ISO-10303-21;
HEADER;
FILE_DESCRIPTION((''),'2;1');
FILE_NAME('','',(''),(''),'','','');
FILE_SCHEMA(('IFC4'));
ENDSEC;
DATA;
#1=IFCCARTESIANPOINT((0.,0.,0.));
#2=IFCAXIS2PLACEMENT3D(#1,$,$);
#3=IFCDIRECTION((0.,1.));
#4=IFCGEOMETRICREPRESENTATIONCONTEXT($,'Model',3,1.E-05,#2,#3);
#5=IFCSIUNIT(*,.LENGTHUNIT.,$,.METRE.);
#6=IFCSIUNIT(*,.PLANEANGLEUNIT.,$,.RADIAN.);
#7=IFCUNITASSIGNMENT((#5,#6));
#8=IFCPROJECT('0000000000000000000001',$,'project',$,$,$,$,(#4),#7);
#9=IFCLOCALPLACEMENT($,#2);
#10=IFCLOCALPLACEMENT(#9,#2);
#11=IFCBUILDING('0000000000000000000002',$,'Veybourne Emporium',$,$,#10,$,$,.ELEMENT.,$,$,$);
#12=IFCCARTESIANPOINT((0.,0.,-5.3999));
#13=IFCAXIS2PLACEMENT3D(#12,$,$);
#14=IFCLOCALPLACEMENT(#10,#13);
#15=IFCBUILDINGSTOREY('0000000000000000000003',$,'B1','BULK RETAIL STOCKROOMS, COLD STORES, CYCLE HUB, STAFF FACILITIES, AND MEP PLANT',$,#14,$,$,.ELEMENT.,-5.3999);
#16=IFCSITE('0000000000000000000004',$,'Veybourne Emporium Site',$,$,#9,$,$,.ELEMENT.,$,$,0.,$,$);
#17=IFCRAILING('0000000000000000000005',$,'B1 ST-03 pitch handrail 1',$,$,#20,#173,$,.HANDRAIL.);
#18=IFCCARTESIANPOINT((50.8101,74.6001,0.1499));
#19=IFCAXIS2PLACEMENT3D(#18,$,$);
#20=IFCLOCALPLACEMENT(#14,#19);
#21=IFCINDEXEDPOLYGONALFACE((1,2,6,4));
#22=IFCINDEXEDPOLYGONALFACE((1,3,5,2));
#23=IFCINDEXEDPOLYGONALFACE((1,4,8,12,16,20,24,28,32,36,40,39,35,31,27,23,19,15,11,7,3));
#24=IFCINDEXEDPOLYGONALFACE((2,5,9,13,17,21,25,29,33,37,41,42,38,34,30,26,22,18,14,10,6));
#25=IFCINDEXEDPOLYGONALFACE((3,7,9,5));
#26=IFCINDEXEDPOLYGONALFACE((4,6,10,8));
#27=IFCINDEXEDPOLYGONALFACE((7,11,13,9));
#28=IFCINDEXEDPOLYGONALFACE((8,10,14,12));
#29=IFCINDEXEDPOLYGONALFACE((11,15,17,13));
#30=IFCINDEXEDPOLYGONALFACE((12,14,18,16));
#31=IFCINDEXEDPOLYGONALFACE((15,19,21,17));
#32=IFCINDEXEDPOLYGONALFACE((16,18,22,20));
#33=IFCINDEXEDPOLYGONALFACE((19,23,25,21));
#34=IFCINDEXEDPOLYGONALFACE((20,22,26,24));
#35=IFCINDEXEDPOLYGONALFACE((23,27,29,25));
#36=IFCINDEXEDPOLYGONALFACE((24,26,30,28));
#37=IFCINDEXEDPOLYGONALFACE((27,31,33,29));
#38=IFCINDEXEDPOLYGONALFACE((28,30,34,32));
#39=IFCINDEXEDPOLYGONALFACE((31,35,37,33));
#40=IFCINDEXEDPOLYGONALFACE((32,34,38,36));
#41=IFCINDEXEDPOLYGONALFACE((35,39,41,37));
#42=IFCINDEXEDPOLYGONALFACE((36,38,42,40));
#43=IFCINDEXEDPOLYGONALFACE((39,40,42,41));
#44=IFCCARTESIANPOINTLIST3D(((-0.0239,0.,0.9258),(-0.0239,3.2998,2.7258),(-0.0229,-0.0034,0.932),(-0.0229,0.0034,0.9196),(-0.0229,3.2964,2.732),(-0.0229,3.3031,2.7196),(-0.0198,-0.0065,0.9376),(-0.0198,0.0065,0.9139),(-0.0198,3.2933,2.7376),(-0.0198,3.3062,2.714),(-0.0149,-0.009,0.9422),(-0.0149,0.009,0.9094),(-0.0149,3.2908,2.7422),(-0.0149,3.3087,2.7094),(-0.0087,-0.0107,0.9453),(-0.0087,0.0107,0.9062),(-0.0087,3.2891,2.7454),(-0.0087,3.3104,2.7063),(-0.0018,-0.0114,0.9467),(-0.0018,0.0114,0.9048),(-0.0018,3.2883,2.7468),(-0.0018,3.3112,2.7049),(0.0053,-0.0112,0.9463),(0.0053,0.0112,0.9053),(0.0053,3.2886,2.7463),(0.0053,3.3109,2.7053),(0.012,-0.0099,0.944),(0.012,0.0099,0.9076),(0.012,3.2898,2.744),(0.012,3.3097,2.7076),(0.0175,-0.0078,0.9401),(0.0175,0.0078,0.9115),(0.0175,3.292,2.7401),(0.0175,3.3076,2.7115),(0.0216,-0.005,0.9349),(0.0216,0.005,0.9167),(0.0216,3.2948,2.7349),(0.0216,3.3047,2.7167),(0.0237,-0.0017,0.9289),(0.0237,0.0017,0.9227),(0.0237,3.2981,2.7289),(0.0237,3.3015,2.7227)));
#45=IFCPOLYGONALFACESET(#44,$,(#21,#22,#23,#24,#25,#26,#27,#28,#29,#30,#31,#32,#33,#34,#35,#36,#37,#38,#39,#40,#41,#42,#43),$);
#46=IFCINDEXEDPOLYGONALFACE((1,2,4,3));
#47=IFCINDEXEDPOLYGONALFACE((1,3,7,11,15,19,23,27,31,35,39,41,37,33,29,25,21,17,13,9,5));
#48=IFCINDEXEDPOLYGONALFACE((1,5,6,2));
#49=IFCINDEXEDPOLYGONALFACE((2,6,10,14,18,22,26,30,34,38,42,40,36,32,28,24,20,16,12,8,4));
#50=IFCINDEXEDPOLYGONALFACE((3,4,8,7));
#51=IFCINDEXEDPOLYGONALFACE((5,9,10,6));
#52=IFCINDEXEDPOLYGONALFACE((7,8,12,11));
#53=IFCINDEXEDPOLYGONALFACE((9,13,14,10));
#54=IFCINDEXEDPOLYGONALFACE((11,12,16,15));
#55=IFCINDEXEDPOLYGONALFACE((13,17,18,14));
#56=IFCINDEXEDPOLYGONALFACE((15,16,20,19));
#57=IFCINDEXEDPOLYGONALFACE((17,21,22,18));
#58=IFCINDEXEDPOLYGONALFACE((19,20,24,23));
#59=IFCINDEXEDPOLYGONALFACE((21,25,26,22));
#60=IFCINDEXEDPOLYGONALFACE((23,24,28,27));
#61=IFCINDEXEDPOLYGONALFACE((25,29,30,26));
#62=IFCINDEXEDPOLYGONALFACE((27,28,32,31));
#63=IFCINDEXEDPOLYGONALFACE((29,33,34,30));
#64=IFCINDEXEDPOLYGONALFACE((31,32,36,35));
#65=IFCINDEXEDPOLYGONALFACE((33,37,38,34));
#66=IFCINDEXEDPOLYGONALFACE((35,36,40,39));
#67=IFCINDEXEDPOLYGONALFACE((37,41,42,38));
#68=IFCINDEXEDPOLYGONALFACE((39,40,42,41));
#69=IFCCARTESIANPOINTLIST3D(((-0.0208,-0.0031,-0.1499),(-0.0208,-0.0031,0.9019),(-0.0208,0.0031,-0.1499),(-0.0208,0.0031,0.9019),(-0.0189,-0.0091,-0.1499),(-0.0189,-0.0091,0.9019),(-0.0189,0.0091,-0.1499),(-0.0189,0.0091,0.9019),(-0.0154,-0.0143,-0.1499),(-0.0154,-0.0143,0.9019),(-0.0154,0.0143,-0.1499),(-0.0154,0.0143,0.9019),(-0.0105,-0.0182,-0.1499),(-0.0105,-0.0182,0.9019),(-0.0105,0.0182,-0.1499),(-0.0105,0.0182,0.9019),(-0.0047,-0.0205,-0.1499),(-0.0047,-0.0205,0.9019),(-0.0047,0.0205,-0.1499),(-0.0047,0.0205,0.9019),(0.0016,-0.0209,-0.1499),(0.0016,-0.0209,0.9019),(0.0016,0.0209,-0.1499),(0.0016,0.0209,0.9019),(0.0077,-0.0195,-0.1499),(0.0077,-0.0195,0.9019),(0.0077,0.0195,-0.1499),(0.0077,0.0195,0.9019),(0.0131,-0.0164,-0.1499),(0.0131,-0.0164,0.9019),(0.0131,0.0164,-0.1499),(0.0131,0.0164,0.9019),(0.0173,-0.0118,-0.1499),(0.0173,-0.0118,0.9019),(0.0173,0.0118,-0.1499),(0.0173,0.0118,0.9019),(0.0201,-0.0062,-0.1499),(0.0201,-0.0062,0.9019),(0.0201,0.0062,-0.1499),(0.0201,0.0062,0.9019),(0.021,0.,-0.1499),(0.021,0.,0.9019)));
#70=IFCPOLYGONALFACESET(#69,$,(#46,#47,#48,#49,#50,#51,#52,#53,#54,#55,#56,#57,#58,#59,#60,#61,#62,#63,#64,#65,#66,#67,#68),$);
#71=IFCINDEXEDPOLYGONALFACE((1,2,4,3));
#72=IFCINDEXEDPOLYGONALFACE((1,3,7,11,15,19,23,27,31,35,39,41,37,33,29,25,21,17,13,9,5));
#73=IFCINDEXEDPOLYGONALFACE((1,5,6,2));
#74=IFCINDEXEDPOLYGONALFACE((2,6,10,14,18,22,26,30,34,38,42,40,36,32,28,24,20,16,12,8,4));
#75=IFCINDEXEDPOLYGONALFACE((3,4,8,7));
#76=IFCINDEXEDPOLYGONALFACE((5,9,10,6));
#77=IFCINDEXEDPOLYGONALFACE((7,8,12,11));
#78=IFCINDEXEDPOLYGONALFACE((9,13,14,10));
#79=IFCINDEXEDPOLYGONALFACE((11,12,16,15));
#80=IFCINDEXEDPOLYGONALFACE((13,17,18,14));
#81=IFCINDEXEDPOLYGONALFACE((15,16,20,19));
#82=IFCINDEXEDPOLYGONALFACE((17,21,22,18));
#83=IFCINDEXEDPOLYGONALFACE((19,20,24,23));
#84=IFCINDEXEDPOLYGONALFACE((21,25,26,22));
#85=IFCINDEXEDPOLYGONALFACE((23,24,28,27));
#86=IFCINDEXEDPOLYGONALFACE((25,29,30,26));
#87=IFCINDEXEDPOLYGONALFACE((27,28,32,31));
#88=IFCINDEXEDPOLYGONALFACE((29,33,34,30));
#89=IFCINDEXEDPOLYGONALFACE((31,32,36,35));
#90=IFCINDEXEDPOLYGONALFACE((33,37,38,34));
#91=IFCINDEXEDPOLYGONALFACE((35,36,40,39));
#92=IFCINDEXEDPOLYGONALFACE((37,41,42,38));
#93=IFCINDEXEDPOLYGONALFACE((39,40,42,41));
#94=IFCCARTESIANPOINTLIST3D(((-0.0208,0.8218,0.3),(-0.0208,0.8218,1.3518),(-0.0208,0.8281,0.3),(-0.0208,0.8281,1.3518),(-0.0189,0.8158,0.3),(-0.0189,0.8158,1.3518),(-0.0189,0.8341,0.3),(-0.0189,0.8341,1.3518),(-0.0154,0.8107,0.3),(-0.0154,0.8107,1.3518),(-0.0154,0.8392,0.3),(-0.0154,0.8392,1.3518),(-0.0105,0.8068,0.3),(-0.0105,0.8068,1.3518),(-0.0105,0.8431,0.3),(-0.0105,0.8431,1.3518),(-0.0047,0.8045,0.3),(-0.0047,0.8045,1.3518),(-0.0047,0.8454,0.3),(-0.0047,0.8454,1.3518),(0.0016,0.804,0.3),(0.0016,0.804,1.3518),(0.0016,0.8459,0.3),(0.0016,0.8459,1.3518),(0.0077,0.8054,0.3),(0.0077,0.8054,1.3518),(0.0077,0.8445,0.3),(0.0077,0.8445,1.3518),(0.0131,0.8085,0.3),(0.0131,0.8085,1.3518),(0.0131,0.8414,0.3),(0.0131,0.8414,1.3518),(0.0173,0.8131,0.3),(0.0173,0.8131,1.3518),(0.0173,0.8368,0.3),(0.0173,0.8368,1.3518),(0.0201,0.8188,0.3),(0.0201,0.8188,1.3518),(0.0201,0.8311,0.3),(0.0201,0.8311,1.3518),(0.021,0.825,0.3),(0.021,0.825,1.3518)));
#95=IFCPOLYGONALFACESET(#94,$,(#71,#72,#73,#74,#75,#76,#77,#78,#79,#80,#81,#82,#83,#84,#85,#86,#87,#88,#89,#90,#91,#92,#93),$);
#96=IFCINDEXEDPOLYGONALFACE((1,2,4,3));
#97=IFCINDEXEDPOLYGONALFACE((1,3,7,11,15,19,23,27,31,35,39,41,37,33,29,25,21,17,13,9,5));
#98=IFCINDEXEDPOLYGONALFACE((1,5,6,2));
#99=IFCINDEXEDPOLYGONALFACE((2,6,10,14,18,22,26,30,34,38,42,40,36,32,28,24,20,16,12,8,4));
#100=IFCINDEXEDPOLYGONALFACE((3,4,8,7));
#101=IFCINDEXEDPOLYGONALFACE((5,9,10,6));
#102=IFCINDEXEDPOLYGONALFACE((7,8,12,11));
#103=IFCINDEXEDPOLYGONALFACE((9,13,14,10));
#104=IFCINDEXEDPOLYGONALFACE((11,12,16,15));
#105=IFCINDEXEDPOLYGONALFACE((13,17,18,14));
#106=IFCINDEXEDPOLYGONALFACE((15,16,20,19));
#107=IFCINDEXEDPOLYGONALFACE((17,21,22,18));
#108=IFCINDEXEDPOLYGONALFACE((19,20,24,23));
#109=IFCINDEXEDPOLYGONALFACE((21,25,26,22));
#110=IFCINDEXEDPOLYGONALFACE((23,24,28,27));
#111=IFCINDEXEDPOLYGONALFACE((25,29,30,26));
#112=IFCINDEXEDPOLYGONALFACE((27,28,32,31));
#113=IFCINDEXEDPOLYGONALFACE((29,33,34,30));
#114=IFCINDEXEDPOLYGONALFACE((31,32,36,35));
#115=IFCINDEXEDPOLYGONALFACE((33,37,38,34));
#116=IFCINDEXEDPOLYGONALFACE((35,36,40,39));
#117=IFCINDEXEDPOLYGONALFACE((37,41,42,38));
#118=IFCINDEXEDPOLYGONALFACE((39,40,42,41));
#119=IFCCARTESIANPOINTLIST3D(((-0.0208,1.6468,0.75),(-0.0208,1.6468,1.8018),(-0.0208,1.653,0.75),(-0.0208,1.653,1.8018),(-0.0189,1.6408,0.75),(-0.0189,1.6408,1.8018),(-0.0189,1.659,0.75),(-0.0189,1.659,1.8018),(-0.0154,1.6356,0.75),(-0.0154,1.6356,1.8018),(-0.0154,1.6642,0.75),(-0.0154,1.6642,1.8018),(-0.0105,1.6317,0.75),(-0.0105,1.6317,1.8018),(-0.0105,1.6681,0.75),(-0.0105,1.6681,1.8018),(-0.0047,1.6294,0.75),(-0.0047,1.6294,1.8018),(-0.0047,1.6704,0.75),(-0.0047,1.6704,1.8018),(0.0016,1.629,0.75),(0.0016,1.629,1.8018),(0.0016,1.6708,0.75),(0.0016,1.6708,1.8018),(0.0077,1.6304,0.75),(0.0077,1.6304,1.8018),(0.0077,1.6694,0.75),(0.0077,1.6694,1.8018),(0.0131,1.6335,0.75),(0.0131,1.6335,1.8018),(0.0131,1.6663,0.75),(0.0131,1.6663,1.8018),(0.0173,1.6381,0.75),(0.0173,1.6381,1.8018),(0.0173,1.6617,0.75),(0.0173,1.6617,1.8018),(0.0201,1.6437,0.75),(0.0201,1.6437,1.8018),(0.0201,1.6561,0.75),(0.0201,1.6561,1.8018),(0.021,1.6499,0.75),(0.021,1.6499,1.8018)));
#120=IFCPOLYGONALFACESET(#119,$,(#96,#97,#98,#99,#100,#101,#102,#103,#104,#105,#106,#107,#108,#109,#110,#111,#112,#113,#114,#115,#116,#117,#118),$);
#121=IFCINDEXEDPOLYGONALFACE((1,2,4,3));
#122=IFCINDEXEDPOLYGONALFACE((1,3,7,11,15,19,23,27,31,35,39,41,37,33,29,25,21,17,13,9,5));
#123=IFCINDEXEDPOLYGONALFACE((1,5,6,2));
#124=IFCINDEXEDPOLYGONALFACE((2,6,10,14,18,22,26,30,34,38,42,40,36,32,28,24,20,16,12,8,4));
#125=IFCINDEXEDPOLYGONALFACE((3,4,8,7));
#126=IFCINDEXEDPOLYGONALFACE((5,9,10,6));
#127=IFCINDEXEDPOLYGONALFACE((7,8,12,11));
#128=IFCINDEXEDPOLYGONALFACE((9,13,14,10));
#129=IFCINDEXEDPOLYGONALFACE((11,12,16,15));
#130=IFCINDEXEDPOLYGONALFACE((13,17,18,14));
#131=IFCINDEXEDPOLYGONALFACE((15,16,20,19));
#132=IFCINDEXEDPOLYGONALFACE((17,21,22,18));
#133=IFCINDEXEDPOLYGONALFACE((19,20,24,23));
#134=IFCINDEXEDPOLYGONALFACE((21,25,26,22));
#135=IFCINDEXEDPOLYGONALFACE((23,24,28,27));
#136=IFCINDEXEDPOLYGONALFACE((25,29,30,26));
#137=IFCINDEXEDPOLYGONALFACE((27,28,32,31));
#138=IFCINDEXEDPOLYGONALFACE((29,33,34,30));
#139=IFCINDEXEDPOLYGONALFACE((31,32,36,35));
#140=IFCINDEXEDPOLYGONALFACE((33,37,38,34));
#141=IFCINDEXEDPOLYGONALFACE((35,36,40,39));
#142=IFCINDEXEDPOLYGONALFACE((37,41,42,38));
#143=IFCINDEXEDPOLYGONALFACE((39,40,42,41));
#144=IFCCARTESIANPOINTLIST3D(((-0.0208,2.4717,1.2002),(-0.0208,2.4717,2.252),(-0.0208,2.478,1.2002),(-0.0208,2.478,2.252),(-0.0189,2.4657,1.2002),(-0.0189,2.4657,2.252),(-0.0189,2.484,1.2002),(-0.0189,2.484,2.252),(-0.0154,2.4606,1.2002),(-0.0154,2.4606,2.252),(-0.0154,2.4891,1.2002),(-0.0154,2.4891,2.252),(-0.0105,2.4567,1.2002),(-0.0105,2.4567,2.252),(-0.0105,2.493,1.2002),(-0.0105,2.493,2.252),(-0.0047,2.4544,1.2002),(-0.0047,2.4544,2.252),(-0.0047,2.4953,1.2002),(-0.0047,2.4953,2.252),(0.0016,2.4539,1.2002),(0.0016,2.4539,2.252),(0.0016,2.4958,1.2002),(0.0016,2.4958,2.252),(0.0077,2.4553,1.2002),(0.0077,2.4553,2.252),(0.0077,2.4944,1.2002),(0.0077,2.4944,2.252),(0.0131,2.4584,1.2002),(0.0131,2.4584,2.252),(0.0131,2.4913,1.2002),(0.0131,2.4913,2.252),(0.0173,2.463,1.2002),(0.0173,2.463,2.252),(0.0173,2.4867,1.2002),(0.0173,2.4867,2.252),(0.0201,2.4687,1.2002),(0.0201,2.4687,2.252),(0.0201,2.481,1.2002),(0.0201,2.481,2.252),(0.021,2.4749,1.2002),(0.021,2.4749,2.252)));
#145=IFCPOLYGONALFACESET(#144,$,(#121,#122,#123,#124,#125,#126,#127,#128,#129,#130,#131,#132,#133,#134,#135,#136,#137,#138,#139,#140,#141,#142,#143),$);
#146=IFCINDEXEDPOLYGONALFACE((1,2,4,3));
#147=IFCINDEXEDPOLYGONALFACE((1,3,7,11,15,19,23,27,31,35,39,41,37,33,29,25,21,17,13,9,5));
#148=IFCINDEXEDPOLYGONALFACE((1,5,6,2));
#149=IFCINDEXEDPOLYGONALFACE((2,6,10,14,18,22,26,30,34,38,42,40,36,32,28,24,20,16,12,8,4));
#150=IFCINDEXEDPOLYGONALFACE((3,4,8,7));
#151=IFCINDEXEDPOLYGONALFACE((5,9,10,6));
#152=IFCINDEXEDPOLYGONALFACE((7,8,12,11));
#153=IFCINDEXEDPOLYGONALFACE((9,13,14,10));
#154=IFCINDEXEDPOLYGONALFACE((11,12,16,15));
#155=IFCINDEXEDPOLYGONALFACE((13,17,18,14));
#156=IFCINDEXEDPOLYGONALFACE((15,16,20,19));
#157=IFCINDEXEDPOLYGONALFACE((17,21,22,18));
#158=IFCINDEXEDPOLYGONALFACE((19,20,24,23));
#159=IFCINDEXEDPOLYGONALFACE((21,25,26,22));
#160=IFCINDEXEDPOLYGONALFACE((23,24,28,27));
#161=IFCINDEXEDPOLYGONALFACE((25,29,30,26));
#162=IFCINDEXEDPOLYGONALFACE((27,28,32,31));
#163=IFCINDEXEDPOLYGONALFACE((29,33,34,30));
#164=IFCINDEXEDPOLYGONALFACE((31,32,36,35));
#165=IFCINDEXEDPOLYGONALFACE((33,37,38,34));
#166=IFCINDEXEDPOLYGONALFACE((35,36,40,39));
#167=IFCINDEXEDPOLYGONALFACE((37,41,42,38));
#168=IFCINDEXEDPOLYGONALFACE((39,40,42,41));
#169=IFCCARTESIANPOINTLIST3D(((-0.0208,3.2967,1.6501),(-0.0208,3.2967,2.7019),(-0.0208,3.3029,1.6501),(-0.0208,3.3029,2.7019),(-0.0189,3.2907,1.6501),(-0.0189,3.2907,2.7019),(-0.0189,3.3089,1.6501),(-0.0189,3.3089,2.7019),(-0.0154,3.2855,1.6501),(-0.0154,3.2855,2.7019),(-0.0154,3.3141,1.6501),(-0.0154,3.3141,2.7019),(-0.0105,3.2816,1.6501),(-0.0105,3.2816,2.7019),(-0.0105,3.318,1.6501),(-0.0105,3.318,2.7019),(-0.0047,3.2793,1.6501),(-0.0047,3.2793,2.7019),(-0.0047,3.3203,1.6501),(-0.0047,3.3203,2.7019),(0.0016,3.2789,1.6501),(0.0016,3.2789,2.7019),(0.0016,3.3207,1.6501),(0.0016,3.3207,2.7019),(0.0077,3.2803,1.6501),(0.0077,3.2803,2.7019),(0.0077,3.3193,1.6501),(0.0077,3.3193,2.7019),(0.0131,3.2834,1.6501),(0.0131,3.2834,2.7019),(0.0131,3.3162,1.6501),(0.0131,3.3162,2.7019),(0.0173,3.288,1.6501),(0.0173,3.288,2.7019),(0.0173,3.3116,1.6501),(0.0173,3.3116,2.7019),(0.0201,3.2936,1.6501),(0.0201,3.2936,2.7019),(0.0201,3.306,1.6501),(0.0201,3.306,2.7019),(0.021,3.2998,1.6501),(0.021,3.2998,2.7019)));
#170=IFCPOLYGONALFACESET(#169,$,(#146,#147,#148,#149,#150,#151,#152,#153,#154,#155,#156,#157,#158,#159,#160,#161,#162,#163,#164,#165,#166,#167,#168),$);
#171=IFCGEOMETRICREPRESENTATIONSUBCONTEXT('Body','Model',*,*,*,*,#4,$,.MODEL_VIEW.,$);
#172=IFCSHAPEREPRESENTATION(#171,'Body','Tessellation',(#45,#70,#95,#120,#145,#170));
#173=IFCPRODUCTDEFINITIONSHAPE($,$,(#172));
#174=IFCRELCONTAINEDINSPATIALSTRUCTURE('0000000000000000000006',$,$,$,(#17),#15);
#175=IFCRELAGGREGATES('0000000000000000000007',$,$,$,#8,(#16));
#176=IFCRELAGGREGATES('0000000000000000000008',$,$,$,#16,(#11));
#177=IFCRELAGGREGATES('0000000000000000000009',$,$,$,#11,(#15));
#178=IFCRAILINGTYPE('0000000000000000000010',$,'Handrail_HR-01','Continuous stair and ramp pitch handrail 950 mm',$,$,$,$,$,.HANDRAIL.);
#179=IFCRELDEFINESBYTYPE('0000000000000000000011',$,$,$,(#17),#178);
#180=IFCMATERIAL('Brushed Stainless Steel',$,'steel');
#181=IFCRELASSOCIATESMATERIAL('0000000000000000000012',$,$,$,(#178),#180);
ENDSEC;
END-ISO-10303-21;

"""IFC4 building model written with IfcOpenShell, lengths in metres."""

from ifc_helpers import new_model, si_unit, direction, frame, origin, origin_2d, place, context, subcontext, project, spatial, circle, extrude, material, type_object, element, save


model = new_model("IFC4")

# Units and contexts
model_context = context("Model", 3, precision=1e-05, world=origin(), true_north=direction((0.0, 1.0)))
body_context = subcontext(model_context, "Body", "Model", "MODEL_VIEW")
ifc_project = project(units=[si_unit("LENGTHUNIT", "METRE"), si_unit("PLANEANGLEUNIT", "RADIAN")], contexts=[model_context])

# Site, building, storey
site_placement = place(None, origin())
site = spatial("IfcSite", under=ifc_project, at=site_placement, Name="Veybourne Emporium Site", CompositionType="ELEMENT", RefElevation=0.0)
building_placement = place(site_placement, origin())
building = spatial("IfcBuilding", under=site, at=building_placement, Name="Veybourne Emporium", CompositionType="ELEMENT")
storey_placement = place(building_placement, frame((0.0, 0.0, -5.3999)))
storey = spatial("IfcBuildingStorey", under=building, at=storey_placement, Name="B1", Description="BULK RETAIL STOCKROOMS, COLD STORES, CYCLE HUB, STAFF FACILITIES, AND MEP PLANT", CompositionType="ELEMENT", Elevation=-5.3999)

# Railing
ifc_material_1 = material(Name="Brushed Stainless Steel", Category="steel")
railing_type_1 = type_object("IfcRailingType", Name="Handrail_HR-01", Description="Continuous stair and ramp pitch handrail 950 mm", PredefinedType="HANDRAIL", material=ifc_material_1)
railing_1_placement = place(storey_placement, frame((50.8101, 74.6001, 0.1499)))
element("IfcRailing", 1, at=railing_1_placement, inside=storey, type_object=railing_type_1, Name="B1 ST-03 pitch handrail 1", PredefinedType="HANDRAIL", context=body_context, shape_type="SweptSolid", body=[
    extrude(circle(Radius=0.0239, at=origin_2d()), frame((0.0, 0.0, 0.9258), z_axis=(0.0, 0.877878, 0.478884), x_axis=(-1.0, 0.0, 0.0)), (0.0, 0.0, 1.0), 3.7588),
    extrude(circle(Radius=0.021, at=origin_2d()), frame((0.0, 0.0, -0.1499)), (0.0, 0.0, 1.0), 1.0518),
    extrude(circle(Radius=0.021, at=origin_2d()), frame((0.0, 0.825, 0.3)), (0.0, 0.0, 1.0), 1.0518),
    extrude(circle(Radius=0.021, at=origin_2d()), frame((0.0, 1.6499, 0.75)), (0.0, 0.0, 1.0), 1.0518),
    extrude(circle(Radius=0.021, at=origin_2d()), frame((0.0, 2.4749, 1.2002)), (0.0, 0.0, 1.0), 1.0518),
    extrude(circle(Radius=0.021, at=origin_2d()), frame((0.0, 3.2998, 1.6501)), (0.0, 0.0, 1.0), 1.0518),
])

save(model, "model.ifc")
